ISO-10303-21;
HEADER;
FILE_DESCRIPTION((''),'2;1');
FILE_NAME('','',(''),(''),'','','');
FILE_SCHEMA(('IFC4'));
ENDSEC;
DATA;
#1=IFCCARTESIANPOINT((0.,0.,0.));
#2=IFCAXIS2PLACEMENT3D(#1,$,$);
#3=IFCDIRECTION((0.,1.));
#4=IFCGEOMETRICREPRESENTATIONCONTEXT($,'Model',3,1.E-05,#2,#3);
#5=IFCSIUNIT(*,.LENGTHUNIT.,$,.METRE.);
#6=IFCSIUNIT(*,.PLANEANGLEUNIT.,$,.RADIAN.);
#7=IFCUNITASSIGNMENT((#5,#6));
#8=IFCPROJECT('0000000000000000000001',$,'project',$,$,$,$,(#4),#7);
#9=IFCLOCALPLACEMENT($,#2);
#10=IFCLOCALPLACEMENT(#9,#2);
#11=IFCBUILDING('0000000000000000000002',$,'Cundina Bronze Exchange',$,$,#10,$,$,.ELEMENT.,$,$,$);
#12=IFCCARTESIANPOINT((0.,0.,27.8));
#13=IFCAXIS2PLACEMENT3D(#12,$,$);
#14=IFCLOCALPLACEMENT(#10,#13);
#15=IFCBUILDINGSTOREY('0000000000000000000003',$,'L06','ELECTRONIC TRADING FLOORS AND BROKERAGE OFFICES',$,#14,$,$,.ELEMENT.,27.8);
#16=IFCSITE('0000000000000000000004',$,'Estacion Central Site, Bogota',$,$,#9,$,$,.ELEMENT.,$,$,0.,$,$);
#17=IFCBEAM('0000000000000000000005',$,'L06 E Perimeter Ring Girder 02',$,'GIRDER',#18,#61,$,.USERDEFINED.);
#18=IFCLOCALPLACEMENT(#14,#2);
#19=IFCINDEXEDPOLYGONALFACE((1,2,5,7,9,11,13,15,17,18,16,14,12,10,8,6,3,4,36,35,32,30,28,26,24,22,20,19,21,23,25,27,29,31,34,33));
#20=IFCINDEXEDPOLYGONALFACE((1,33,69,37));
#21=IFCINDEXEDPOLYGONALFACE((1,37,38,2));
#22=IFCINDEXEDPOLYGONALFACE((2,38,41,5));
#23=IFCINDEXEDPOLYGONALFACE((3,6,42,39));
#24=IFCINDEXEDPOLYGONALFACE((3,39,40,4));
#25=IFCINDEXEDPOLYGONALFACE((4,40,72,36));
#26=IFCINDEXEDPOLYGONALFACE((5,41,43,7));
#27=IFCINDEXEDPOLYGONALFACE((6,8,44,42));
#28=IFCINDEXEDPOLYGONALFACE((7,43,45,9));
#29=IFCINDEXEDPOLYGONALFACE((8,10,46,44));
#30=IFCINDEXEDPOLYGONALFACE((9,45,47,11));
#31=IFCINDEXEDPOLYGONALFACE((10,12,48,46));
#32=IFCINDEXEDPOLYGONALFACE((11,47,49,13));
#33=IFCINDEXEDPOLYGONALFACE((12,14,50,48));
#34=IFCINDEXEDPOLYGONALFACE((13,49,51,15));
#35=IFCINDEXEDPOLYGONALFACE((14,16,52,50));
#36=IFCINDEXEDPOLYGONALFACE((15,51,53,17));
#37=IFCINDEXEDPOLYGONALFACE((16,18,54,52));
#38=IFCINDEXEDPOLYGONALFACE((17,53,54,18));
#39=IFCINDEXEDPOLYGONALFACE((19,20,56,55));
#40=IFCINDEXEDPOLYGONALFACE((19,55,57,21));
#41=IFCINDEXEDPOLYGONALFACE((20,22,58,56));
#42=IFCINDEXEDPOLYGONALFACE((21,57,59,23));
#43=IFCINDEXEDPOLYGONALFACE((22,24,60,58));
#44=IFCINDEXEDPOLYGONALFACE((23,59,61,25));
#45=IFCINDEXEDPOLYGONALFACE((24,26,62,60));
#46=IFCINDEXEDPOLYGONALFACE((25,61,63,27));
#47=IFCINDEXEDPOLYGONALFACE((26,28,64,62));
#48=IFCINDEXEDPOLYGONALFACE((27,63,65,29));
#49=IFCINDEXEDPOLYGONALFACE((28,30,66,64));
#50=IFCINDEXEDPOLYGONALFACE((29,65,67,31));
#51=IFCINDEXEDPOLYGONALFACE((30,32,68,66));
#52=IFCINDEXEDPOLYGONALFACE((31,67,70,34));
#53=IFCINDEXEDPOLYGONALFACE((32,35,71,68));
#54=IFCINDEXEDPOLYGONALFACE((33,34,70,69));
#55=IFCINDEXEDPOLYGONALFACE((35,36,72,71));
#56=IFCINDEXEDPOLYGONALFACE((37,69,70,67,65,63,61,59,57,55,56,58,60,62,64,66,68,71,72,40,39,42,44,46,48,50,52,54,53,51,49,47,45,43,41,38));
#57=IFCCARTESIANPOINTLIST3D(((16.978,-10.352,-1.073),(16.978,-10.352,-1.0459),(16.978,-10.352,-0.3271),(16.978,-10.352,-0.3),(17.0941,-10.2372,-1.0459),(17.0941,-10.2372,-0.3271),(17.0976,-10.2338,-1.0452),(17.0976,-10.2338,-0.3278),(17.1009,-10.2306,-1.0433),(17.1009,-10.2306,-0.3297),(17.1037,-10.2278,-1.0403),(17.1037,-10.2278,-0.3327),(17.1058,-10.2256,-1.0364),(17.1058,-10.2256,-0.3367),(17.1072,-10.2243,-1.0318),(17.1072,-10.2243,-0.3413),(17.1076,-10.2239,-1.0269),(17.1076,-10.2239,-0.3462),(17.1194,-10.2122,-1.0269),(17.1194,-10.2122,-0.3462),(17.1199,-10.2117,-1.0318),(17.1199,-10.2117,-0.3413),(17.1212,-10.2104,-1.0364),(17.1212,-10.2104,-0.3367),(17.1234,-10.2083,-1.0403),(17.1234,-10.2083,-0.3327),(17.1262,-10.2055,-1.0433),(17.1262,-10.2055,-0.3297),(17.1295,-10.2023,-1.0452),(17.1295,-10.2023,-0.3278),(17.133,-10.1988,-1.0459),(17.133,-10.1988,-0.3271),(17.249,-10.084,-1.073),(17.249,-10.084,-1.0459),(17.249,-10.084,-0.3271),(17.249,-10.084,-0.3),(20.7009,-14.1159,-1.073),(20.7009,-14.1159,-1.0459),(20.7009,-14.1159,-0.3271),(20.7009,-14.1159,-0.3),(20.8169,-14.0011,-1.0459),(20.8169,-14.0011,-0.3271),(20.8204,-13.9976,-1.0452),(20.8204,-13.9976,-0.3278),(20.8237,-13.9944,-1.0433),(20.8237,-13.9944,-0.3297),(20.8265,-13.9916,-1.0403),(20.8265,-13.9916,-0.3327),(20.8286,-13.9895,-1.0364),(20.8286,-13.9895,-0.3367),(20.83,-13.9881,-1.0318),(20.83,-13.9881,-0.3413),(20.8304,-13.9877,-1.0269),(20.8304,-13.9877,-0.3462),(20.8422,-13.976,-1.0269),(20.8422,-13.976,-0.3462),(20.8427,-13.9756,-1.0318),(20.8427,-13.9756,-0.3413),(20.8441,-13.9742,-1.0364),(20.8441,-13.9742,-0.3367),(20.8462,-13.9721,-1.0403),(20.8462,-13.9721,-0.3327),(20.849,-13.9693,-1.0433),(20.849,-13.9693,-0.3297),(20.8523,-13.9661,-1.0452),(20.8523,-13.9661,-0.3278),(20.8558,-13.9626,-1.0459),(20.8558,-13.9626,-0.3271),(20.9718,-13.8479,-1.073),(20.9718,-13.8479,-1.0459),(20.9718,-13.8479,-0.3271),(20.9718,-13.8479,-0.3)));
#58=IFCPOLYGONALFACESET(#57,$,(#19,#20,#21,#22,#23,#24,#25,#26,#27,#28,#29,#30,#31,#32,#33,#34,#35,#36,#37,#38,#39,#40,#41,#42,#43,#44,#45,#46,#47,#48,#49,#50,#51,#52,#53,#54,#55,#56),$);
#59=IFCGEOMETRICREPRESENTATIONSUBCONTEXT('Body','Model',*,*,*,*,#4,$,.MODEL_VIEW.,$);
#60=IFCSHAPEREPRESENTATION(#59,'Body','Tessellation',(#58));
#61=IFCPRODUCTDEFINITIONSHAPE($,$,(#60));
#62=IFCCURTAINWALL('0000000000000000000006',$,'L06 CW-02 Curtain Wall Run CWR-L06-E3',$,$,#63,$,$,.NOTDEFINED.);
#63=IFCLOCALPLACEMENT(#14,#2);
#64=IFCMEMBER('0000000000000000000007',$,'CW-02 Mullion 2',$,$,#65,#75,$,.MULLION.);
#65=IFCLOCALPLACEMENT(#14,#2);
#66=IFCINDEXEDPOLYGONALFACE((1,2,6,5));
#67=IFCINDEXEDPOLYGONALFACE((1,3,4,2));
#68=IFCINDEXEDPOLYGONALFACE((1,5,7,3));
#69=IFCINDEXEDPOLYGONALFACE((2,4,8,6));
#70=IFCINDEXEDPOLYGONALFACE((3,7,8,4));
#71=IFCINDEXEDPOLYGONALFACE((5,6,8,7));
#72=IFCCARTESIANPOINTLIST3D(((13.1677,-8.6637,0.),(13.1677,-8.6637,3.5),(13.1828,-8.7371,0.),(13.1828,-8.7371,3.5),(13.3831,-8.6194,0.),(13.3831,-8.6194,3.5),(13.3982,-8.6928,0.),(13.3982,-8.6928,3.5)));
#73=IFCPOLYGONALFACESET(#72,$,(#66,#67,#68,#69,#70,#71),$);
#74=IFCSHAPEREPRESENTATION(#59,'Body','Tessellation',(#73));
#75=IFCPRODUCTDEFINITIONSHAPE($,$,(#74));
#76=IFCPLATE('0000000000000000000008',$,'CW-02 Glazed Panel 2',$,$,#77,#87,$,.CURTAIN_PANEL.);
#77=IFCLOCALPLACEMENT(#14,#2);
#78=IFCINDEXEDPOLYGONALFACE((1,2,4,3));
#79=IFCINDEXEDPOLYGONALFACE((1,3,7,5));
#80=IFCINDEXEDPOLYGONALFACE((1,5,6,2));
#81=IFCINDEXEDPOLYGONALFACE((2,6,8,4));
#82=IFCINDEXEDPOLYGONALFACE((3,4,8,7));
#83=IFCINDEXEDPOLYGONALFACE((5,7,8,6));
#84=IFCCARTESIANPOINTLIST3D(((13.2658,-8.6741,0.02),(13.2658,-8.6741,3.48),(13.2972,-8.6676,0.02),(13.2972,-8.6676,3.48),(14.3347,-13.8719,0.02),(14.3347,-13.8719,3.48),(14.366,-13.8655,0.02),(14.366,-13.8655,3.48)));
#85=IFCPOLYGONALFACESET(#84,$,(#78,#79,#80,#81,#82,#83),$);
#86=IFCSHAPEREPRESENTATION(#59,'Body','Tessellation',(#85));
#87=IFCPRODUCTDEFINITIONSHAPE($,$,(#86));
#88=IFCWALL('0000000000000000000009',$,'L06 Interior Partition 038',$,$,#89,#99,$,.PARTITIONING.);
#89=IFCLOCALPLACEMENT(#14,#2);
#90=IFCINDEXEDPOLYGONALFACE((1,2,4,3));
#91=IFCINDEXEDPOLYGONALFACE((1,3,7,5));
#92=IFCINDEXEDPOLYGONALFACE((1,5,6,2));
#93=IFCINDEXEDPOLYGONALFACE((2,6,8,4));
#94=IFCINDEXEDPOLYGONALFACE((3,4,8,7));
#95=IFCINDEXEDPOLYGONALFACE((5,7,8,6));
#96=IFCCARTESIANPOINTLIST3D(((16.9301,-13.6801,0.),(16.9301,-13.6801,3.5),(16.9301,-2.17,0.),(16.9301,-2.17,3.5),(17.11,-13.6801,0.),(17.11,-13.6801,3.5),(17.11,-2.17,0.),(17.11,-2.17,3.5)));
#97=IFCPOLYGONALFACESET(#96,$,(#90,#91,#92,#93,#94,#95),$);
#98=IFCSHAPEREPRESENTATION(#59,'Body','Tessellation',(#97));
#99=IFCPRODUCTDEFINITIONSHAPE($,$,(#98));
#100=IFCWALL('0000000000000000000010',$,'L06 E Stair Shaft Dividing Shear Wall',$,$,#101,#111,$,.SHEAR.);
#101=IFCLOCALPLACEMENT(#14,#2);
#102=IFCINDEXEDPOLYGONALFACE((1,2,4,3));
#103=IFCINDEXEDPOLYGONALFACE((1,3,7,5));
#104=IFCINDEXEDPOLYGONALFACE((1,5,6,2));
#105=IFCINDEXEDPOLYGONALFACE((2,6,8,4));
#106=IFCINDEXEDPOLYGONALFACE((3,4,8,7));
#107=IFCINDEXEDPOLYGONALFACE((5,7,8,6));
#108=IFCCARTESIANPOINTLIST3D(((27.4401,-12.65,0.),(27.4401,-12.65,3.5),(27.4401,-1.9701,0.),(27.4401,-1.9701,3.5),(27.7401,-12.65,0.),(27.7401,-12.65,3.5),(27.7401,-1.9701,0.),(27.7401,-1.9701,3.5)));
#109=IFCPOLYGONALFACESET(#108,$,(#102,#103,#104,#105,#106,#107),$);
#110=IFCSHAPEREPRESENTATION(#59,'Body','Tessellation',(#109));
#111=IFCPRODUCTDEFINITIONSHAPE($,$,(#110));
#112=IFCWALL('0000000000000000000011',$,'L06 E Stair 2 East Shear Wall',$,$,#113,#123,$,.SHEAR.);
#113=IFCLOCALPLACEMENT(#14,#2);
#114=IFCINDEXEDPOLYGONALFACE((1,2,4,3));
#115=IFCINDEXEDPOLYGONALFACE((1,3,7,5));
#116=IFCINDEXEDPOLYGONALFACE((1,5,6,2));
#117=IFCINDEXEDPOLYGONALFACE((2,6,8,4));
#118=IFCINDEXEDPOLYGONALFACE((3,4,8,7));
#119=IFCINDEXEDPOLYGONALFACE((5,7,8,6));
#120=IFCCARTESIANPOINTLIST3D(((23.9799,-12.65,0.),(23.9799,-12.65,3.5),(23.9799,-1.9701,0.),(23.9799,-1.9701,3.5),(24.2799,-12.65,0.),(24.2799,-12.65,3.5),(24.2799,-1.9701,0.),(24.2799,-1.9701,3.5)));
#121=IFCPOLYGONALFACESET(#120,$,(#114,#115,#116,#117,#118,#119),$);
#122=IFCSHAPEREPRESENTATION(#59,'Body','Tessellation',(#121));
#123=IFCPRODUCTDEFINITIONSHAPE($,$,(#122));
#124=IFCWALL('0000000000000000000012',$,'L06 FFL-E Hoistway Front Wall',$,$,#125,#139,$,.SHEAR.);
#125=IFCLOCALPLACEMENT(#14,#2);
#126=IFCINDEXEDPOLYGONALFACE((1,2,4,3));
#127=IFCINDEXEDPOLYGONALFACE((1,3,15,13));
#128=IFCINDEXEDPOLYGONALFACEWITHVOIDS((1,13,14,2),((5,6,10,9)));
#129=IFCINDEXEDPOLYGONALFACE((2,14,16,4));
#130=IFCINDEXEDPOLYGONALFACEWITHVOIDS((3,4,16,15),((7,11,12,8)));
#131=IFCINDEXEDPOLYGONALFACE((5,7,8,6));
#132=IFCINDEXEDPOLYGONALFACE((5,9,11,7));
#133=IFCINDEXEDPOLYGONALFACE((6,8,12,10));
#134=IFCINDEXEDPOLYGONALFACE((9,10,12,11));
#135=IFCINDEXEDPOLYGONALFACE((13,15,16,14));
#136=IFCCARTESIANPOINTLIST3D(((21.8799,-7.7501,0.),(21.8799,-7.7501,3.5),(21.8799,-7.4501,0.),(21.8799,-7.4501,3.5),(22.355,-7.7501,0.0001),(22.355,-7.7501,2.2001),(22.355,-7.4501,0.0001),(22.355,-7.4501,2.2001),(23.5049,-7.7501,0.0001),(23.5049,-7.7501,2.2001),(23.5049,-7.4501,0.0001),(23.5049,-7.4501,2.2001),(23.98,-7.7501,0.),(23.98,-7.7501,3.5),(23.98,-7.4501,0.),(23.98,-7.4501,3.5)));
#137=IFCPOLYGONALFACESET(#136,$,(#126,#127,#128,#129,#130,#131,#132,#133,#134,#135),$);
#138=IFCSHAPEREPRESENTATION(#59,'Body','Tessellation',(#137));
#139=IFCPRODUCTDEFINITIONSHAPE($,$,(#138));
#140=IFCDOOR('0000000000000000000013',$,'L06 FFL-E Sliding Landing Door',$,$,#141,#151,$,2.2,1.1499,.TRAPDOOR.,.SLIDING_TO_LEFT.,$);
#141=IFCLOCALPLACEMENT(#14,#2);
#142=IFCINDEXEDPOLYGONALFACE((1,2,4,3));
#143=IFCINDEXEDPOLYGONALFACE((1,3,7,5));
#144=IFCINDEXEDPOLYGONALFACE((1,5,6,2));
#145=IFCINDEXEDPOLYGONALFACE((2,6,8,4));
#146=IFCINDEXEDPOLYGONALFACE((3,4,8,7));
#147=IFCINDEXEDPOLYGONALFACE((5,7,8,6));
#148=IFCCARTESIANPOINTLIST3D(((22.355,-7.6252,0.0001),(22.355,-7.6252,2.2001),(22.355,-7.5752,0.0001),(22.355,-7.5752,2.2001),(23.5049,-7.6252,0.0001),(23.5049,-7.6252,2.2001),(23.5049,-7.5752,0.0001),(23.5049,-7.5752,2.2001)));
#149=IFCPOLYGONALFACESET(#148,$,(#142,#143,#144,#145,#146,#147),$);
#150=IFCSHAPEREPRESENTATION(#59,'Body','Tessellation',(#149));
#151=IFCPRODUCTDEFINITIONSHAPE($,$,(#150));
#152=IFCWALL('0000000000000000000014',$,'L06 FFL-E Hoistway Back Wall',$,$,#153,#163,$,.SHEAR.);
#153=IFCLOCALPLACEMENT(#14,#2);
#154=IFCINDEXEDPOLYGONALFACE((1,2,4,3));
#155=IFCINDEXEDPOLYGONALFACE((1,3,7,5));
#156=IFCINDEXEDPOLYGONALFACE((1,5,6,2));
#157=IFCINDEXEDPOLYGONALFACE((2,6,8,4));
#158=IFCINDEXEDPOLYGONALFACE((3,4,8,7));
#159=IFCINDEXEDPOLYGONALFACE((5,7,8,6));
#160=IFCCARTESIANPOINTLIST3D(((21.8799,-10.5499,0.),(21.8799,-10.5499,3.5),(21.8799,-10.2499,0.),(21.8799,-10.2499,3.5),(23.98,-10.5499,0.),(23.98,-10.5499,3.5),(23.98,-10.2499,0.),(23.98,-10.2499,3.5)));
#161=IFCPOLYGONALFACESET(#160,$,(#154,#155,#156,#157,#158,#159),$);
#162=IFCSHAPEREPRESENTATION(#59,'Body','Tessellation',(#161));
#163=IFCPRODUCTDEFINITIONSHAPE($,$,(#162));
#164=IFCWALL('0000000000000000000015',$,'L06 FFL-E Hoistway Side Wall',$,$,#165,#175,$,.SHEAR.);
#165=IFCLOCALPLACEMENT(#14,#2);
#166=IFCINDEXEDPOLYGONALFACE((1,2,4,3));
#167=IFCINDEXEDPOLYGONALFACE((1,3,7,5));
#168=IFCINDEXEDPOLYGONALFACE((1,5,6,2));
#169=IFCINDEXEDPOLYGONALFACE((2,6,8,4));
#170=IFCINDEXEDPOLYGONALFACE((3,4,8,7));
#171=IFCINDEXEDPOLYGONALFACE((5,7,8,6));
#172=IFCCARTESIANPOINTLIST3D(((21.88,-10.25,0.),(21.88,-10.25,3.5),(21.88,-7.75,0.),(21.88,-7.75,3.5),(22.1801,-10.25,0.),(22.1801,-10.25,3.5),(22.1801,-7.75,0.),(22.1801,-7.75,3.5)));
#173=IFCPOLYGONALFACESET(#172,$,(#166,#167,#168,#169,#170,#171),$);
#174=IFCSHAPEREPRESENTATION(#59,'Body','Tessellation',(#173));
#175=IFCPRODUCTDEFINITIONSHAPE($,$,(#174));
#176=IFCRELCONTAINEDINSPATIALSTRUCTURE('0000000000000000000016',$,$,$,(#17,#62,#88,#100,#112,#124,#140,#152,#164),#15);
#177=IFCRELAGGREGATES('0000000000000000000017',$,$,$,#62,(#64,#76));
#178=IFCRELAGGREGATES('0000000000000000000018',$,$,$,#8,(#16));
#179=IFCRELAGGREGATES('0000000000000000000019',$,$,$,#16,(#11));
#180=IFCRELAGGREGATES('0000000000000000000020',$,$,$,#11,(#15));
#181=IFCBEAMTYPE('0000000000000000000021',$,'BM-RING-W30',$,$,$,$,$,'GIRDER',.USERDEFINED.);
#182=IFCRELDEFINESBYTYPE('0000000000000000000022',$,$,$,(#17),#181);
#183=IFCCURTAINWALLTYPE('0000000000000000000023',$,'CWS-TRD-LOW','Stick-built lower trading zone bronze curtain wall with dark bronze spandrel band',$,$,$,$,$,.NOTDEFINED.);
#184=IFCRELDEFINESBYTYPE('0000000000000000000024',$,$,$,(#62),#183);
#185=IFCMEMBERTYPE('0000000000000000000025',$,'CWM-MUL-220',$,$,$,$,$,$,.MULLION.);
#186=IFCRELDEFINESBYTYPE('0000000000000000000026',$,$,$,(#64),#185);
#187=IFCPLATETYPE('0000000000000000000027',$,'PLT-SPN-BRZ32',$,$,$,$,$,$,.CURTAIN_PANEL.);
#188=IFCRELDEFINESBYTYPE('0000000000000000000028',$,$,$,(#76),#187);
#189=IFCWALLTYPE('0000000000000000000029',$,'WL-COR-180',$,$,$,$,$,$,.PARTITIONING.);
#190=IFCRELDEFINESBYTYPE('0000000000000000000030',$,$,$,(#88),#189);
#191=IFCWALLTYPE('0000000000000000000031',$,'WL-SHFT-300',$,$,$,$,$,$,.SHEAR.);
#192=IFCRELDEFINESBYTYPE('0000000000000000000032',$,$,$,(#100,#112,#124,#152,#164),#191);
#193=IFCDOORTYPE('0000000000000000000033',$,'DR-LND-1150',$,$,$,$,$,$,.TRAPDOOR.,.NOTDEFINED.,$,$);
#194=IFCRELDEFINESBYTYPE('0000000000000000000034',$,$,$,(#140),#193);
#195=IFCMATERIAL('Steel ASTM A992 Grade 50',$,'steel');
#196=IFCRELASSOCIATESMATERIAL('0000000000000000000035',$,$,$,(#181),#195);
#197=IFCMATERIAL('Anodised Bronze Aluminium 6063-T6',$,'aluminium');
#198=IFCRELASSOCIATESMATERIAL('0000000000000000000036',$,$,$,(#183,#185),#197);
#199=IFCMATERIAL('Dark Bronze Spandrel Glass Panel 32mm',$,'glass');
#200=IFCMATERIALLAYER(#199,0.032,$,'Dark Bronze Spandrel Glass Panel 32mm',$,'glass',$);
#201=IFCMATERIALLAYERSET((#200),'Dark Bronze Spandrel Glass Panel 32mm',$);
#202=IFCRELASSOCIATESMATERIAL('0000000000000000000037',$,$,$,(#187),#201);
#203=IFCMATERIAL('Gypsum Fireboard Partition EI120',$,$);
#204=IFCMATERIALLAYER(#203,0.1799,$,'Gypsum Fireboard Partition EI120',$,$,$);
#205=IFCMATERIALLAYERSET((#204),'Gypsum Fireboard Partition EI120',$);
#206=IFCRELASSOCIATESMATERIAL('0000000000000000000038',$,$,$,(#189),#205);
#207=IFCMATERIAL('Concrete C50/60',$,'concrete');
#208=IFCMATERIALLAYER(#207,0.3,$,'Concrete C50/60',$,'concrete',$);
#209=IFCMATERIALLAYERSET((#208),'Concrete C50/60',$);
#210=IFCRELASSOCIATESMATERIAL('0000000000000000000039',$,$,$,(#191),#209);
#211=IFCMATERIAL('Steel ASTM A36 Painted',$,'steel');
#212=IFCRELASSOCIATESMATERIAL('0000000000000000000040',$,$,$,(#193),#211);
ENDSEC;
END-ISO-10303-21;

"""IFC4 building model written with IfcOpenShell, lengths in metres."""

from ifc_helpers import new_model, si_unit, direction, frame, frame_2d, origin, origin_2d, place, context, subcontext, project, spatial, rectangle, i_section, extrude, material, layer, layer_set, material_profile, profile_set, type_object, element, fill, aggregate, save


model = new_model("IFC4")

# Units and contexts
model_context = context("Model", 3, precision=1e-05, world=origin(), true_north=direction((0.0, 1.0)))
body_context = subcontext(model_context, "Body", "Model", "MODEL_VIEW")
ifc_project = project(units=[si_unit("LENGTHUNIT", "METRE"), si_unit("PLANEANGLEUNIT", "RADIAN")], contexts=[model_context])

# Site, building, storey
site_placement = place(None, origin())
site = spatial("IfcSite", under=ifc_project, at=site_placement, Name="Estacion Central Site, Bogota", CompositionType="ELEMENT", RefElevation=0.0)
building_placement = place(site_placement, origin())
building = spatial("IfcBuilding", under=site, at=building_placement, Name="Cundina Bronze Exchange", CompositionType="ELEMENT")
storey_placement = place(building_placement, frame((0.0, 0.0, 27.8)))
storey = spatial("IfcBuildingStorey", under=building, at=storey_placement, Name="L06", Description="ELECTRONIC TRADING FLOORS AND BROKERAGE OFFICES", CompositionType="ELEMENT", Elevation=27.8)

# Beam
ifc_material_1 = material(Name="Steel ASTM A992 Grade 50", Category="steel")
ifc_material_profile_1 = material_profile(ifc_material_1, i_section(OverallWidth=0.3811, OverallDepth=0.7729, WebThickness=0.0166, FlangeThickness=0.0271, FilletRadius=0.019, at=origin_2d()), Name="W30X173", Category="steel")
ifc_profile_set_1 = profile_set([ifc_material_profile_1], Name="Steel ASTM A992 Grade 50")
beam_type_1 = type_object("IfcBeamType", Name="BM-RING-W30", ElementType="GIRDER", PredefinedType="USERDEFINED", material=ifc_profile_set_1)
beam_1_placement = place(storey_placement, frame((17.1135, -10.218, -0.6865), z_axis=(0.703222, -0.71097, 0.0), x_axis=(0.71097, 0.703222, 0.0)))
element("IfcBeam", 1, at=beam_1_placement, inside=storey, type_object=beam_type_1, Name="L06 E Perimeter Ring Girder 02", ObjectType="GIRDER", PredefinedType="USERDEFINED", context=body_context, shape_type="SweptSolid", body=[
    extrude(i_section(OverallWidth=0.3811, OverallDepth=0.7729, WebThickness=0.0166, FlangeThickness=0.0271, FilletRadius=0.019, at=origin_2d()), origin(), (0.0, 0.0, 1.0), 5.2939),
])

# Curtain wall, member, plate
ifc_material_2 = material(Name="Anodised Bronze Aluminium 6063-T6", Category="aluminium")
curtain_wall_type = type_object("IfcCurtainWallType", Name="CWS-TRD-LOW", Description="Stick-built lower trading zone bronze curtain wall with dark bronze spandrel band", PredefinedType="NOTDEFINED", material=ifc_material_2)
curtain_wall_placement = place(storey_placement, origin())
curtain_wall = element("IfcCurtainWall", 2, at=curtain_wall_placement, inside=storey, type_object=curtain_wall_type, Name="L06 CW-02 Curtain Wall Run CWR-L06-E3", PredefinedType="NOTDEFINED")
ifc_material_profile_2 = material_profile(ifc_material_2, rectangle(XDim=0.075, YDim=0.22, at=origin_2d()), Name="AL75X220", Category="aluminium")
ifc_profile_set_2 = profile_set([ifc_material_profile_2], Name="Anodised Bronze Aluminium 6063-T6")
member_type = type_object("IfcMemberType", Name="CWM-MUL-220", PredefinedType="MULLION", material=ifc_profile_set_2)
member_placement = place(storey_placement, frame((13.283, -8.6782, 0.0), z_axis=(0.0, 0.0, 1.0), x_axis=(0.20142, -0.979505, 0.0)))
member = element("IfcMember", 3, at=member_placement, type_object=member_type, Name="CW-02 Mullion 2", PredefinedType="MULLION", context=body_context, shape_type="SweptSolid", body=[
    extrude(rectangle(XDim=0.075, YDim=0.22, at=origin_2d()), origin(), (0.0, 0.0, 1.0), 3.5),
])
ifc_material_3 = material(Name="Dark Bronze Spandrel Glass Panel 32mm", Category="glass")
ifc_layer_1 = layer(ifc_material_3, 0.032, Name="Dark Bronze Spandrel Glass Panel 32mm", Category="glass")
ifc_layer_set_1 = layer_set([ifc_layer_1], Name="Dark Bronze Spandrel Glass Panel 32mm")
plate_type = type_object("IfcPlateType", Name="PLT-SPN-BRZ32", PredefinedType="CURTAIN_PANEL", material=ifc_layer_set_1)
plate_placement = place(storey_placement, frame((13.8159, -11.2698, 0.02), z_axis=(0.0, 0.0, 1.0), x_axis=(0.20142, -0.979505, 0.0)))
plate = element("IfcPlate", 4, at=plate_placement, type_object=plate_type, Name="CW-02 Glazed Panel 2", PredefinedType="CURTAIN_PANEL", context=body_context, shape_type="SweptSolid", body=[
    extrude(rectangle(XDim=5.3066, YDim=0.032, at=origin_2d()), origin(), (0.0, 0.0, 1.0), 3.46),
])
aggregate(curtain_wall, [member, plate])

# Walls
ifc_material_4 = material(Name="Gypsum Fireboard Partition EI120")
ifc_layer_2 = layer(ifc_material_4, 0.1799, Name="Gypsum Fireboard Partition EI120")
ifc_layer_set_2 = layer_set([ifc_layer_2], Name="Gypsum Fireboard Partition EI120")
wall_type_1 = type_object("IfcWallType", Name="WL-COR-180", PredefinedType="PARTITIONING", material=ifc_layer_set_2)
wall_1_placement = place(storey_placement, frame((17.02, -13.6799, 0.0), z_axis=(0.0, 0.0, 1.0), x_axis=(0.0, 1.0, 0.0)))
element("IfcWall", 5, at=wall_1_placement, inside=storey, type_object=wall_type_1, Name="L06 Interior Partition 038", PredefinedType="PARTITIONING", context=body_context, shape_type="SweptSolid", body=[
    extrude(rectangle(XDim=11.51, YDim=0.1799, at=frame_2d((5.7549, 0.0))), origin(), (0.0, 0.0, 1.0), 3.5),
])
ifc_material_5 = material(Name="Concrete C50/60", Category="concrete")
ifc_layer_3 = layer(ifc_material_5, 0.3, Name="Concrete C50/60", Category="concrete")
ifc_layer_set_3 = layer_set([ifc_layer_3], Name="Concrete C50/60")
wall_type_2 = type_object("IfcWallType", Name="WL-SHFT-300", PredefinedType="SHEAR", material=ifc_layer_set_3)
for number, where, z_axis, x_axis, name in (
    (6, (27.5901, -12.6499, 0.0), (0.0, 0.0, 1.0), (0.0, 1.0, 0.0), "L06 E Stair Shaft Dividing Shear Wall"),
    (7, (24.1299, -12.6499, 0.0), (0.0, 0.0, 1.0), (0.0, 1.0, 0.0), "L06 E Stair 2 East Shear Wall"),
):
    element("IfcWall", number, at=place(storey_placement, frame(where, z_axis=z_axis, x_axis=x_axis)), inside=storey, type_object=wall_type_2, Name=name, PredefinedType="SHEAR", context=body_context, shape_type="SweptSolid", body=[
        extrude(rectangle(XDim=10.6799, YDim=0.3, at=frame_2d((5.3398, 0.0))), origin(), (0.0, 0.0, 1.0), 3.5),
    ])

# Wall, opening, door
ifc_material_6 = material(Name="Steel ASTM A36 Painted", Category="steel")
wall_2_placement = place(storey_placement, frame((21.8799, -7.6001, 0.0), z_axis=(0.0, 0.0, 1.0), x_axis=(1.0, 0.0, 0.0)))
wall_2 = element("IfcWall", 8, at=wall_2_placement, inside=storey, type_object=wall_type_2, Name="L06 FFL-E Hoistway Front Wall", PredefinedType="SHEAR", context=body_context, shape_type="SweptSolid", body=[
    extrude(rectangle(XDim=2.1001, YDim=0.3, at=frame_2d((1.05, 0.0))), origin(), (0.0, 0.0, 1.0), 3.5),
])
opening_1_placement = place(wall_2_placement, frame((0.4751, 0.0, 0.0)))
opening_1 = element("IfcOpeningElement", 9, at=opening_1_placement, cuts=wall_2, PredefinedType="OPENING", context=body_context, shape_type="SweptSolid", body=[
    extrude(rectangle(XDim=1.1499, YDim=2.2, at=frame_2d((0.575, 1.1001))), frame((0.0, 0.1599, 0.0), z_axis=(0.0, -1.0, 0.0), x_axis=(1.0, 0.0, 0.0)), (0.0, 0.0, 1.0), 0.3201),
])
door_type_1 = type_object("IfcDoorType", Name="DR-LND-1150", OperationType="NOTDEFINED", PredefinedType="TRAPDOOR", material=ifc_material_6)
door_1_placement = place(opening_1_placement, origin())
door_1 = element("IfcDoor", 10, at=door_1_placement, inside=storey, type_object=door_type_1, Name="L06 FFL-E Sliding Landing Door", OperationType="SLIDING_TO_LEFT", OverallHeight=2.2, OverallWidth=1.1499, PredefinedType="TRAPDOOR", context=body_context, shape_type="SweptSolid", body=[
    extrude(rectangle(XDim=1.1499, YDim=2.2, at=frame_2d((0.575, 1.1001))), frame((0.0, 0.0249, 0.0), z_axis=(0.0, -1.0, 0.0), x_axis=(1.0, 0.0, 0.0)), (0.0, 0.0, 1.0), 0.05),
])
fill(opening_1, door_1)

# Walls
wall_3_placement = place(storey_placement, frame((21.8799, -10.3999, 0.0), z_axis=(0.0, 0.0, 1.0), x_axis=(1.0, 0.0, 0.0)))
element("IfcWall", 11, at=wall_3_placement, inside=storey, type_object=wall_type_2, Name="L06 FFL-E Hoistway Back Wall", PredefinedType="SHEAR", context=body_context, shape_type="SweptSolid", body=[
    extrude(rectangle(XDim=2.1001, YDim=0.3, at=frame_2d((1.05, 0.0))), origin(), (0.0, 0.0, 1.0), 3.5),
])
wall_4_placement = place(storey_placement, frame((22.03, -10.25, 0.0), z_axis=(0.0, 0.0, 1.0), x_axis=(0.0, 1.0, 0.0)))
element("IfcWall", 12, at=wall_4_placement, inside=storey, type_object=wall_type_2, Name="L06 FFL-E Hoistway Side Wall", PredefinedType="SHEAR", context=body_context, shape_type="SweptSolid", body=[
    extrude(rectangle(XDim=2.5, YDim=0.3, at=frame_2d((1.25, 0.0))), origin(), (0.0, 0.0, 1.0), 3.5),
])

save(model, "model.ifc")
